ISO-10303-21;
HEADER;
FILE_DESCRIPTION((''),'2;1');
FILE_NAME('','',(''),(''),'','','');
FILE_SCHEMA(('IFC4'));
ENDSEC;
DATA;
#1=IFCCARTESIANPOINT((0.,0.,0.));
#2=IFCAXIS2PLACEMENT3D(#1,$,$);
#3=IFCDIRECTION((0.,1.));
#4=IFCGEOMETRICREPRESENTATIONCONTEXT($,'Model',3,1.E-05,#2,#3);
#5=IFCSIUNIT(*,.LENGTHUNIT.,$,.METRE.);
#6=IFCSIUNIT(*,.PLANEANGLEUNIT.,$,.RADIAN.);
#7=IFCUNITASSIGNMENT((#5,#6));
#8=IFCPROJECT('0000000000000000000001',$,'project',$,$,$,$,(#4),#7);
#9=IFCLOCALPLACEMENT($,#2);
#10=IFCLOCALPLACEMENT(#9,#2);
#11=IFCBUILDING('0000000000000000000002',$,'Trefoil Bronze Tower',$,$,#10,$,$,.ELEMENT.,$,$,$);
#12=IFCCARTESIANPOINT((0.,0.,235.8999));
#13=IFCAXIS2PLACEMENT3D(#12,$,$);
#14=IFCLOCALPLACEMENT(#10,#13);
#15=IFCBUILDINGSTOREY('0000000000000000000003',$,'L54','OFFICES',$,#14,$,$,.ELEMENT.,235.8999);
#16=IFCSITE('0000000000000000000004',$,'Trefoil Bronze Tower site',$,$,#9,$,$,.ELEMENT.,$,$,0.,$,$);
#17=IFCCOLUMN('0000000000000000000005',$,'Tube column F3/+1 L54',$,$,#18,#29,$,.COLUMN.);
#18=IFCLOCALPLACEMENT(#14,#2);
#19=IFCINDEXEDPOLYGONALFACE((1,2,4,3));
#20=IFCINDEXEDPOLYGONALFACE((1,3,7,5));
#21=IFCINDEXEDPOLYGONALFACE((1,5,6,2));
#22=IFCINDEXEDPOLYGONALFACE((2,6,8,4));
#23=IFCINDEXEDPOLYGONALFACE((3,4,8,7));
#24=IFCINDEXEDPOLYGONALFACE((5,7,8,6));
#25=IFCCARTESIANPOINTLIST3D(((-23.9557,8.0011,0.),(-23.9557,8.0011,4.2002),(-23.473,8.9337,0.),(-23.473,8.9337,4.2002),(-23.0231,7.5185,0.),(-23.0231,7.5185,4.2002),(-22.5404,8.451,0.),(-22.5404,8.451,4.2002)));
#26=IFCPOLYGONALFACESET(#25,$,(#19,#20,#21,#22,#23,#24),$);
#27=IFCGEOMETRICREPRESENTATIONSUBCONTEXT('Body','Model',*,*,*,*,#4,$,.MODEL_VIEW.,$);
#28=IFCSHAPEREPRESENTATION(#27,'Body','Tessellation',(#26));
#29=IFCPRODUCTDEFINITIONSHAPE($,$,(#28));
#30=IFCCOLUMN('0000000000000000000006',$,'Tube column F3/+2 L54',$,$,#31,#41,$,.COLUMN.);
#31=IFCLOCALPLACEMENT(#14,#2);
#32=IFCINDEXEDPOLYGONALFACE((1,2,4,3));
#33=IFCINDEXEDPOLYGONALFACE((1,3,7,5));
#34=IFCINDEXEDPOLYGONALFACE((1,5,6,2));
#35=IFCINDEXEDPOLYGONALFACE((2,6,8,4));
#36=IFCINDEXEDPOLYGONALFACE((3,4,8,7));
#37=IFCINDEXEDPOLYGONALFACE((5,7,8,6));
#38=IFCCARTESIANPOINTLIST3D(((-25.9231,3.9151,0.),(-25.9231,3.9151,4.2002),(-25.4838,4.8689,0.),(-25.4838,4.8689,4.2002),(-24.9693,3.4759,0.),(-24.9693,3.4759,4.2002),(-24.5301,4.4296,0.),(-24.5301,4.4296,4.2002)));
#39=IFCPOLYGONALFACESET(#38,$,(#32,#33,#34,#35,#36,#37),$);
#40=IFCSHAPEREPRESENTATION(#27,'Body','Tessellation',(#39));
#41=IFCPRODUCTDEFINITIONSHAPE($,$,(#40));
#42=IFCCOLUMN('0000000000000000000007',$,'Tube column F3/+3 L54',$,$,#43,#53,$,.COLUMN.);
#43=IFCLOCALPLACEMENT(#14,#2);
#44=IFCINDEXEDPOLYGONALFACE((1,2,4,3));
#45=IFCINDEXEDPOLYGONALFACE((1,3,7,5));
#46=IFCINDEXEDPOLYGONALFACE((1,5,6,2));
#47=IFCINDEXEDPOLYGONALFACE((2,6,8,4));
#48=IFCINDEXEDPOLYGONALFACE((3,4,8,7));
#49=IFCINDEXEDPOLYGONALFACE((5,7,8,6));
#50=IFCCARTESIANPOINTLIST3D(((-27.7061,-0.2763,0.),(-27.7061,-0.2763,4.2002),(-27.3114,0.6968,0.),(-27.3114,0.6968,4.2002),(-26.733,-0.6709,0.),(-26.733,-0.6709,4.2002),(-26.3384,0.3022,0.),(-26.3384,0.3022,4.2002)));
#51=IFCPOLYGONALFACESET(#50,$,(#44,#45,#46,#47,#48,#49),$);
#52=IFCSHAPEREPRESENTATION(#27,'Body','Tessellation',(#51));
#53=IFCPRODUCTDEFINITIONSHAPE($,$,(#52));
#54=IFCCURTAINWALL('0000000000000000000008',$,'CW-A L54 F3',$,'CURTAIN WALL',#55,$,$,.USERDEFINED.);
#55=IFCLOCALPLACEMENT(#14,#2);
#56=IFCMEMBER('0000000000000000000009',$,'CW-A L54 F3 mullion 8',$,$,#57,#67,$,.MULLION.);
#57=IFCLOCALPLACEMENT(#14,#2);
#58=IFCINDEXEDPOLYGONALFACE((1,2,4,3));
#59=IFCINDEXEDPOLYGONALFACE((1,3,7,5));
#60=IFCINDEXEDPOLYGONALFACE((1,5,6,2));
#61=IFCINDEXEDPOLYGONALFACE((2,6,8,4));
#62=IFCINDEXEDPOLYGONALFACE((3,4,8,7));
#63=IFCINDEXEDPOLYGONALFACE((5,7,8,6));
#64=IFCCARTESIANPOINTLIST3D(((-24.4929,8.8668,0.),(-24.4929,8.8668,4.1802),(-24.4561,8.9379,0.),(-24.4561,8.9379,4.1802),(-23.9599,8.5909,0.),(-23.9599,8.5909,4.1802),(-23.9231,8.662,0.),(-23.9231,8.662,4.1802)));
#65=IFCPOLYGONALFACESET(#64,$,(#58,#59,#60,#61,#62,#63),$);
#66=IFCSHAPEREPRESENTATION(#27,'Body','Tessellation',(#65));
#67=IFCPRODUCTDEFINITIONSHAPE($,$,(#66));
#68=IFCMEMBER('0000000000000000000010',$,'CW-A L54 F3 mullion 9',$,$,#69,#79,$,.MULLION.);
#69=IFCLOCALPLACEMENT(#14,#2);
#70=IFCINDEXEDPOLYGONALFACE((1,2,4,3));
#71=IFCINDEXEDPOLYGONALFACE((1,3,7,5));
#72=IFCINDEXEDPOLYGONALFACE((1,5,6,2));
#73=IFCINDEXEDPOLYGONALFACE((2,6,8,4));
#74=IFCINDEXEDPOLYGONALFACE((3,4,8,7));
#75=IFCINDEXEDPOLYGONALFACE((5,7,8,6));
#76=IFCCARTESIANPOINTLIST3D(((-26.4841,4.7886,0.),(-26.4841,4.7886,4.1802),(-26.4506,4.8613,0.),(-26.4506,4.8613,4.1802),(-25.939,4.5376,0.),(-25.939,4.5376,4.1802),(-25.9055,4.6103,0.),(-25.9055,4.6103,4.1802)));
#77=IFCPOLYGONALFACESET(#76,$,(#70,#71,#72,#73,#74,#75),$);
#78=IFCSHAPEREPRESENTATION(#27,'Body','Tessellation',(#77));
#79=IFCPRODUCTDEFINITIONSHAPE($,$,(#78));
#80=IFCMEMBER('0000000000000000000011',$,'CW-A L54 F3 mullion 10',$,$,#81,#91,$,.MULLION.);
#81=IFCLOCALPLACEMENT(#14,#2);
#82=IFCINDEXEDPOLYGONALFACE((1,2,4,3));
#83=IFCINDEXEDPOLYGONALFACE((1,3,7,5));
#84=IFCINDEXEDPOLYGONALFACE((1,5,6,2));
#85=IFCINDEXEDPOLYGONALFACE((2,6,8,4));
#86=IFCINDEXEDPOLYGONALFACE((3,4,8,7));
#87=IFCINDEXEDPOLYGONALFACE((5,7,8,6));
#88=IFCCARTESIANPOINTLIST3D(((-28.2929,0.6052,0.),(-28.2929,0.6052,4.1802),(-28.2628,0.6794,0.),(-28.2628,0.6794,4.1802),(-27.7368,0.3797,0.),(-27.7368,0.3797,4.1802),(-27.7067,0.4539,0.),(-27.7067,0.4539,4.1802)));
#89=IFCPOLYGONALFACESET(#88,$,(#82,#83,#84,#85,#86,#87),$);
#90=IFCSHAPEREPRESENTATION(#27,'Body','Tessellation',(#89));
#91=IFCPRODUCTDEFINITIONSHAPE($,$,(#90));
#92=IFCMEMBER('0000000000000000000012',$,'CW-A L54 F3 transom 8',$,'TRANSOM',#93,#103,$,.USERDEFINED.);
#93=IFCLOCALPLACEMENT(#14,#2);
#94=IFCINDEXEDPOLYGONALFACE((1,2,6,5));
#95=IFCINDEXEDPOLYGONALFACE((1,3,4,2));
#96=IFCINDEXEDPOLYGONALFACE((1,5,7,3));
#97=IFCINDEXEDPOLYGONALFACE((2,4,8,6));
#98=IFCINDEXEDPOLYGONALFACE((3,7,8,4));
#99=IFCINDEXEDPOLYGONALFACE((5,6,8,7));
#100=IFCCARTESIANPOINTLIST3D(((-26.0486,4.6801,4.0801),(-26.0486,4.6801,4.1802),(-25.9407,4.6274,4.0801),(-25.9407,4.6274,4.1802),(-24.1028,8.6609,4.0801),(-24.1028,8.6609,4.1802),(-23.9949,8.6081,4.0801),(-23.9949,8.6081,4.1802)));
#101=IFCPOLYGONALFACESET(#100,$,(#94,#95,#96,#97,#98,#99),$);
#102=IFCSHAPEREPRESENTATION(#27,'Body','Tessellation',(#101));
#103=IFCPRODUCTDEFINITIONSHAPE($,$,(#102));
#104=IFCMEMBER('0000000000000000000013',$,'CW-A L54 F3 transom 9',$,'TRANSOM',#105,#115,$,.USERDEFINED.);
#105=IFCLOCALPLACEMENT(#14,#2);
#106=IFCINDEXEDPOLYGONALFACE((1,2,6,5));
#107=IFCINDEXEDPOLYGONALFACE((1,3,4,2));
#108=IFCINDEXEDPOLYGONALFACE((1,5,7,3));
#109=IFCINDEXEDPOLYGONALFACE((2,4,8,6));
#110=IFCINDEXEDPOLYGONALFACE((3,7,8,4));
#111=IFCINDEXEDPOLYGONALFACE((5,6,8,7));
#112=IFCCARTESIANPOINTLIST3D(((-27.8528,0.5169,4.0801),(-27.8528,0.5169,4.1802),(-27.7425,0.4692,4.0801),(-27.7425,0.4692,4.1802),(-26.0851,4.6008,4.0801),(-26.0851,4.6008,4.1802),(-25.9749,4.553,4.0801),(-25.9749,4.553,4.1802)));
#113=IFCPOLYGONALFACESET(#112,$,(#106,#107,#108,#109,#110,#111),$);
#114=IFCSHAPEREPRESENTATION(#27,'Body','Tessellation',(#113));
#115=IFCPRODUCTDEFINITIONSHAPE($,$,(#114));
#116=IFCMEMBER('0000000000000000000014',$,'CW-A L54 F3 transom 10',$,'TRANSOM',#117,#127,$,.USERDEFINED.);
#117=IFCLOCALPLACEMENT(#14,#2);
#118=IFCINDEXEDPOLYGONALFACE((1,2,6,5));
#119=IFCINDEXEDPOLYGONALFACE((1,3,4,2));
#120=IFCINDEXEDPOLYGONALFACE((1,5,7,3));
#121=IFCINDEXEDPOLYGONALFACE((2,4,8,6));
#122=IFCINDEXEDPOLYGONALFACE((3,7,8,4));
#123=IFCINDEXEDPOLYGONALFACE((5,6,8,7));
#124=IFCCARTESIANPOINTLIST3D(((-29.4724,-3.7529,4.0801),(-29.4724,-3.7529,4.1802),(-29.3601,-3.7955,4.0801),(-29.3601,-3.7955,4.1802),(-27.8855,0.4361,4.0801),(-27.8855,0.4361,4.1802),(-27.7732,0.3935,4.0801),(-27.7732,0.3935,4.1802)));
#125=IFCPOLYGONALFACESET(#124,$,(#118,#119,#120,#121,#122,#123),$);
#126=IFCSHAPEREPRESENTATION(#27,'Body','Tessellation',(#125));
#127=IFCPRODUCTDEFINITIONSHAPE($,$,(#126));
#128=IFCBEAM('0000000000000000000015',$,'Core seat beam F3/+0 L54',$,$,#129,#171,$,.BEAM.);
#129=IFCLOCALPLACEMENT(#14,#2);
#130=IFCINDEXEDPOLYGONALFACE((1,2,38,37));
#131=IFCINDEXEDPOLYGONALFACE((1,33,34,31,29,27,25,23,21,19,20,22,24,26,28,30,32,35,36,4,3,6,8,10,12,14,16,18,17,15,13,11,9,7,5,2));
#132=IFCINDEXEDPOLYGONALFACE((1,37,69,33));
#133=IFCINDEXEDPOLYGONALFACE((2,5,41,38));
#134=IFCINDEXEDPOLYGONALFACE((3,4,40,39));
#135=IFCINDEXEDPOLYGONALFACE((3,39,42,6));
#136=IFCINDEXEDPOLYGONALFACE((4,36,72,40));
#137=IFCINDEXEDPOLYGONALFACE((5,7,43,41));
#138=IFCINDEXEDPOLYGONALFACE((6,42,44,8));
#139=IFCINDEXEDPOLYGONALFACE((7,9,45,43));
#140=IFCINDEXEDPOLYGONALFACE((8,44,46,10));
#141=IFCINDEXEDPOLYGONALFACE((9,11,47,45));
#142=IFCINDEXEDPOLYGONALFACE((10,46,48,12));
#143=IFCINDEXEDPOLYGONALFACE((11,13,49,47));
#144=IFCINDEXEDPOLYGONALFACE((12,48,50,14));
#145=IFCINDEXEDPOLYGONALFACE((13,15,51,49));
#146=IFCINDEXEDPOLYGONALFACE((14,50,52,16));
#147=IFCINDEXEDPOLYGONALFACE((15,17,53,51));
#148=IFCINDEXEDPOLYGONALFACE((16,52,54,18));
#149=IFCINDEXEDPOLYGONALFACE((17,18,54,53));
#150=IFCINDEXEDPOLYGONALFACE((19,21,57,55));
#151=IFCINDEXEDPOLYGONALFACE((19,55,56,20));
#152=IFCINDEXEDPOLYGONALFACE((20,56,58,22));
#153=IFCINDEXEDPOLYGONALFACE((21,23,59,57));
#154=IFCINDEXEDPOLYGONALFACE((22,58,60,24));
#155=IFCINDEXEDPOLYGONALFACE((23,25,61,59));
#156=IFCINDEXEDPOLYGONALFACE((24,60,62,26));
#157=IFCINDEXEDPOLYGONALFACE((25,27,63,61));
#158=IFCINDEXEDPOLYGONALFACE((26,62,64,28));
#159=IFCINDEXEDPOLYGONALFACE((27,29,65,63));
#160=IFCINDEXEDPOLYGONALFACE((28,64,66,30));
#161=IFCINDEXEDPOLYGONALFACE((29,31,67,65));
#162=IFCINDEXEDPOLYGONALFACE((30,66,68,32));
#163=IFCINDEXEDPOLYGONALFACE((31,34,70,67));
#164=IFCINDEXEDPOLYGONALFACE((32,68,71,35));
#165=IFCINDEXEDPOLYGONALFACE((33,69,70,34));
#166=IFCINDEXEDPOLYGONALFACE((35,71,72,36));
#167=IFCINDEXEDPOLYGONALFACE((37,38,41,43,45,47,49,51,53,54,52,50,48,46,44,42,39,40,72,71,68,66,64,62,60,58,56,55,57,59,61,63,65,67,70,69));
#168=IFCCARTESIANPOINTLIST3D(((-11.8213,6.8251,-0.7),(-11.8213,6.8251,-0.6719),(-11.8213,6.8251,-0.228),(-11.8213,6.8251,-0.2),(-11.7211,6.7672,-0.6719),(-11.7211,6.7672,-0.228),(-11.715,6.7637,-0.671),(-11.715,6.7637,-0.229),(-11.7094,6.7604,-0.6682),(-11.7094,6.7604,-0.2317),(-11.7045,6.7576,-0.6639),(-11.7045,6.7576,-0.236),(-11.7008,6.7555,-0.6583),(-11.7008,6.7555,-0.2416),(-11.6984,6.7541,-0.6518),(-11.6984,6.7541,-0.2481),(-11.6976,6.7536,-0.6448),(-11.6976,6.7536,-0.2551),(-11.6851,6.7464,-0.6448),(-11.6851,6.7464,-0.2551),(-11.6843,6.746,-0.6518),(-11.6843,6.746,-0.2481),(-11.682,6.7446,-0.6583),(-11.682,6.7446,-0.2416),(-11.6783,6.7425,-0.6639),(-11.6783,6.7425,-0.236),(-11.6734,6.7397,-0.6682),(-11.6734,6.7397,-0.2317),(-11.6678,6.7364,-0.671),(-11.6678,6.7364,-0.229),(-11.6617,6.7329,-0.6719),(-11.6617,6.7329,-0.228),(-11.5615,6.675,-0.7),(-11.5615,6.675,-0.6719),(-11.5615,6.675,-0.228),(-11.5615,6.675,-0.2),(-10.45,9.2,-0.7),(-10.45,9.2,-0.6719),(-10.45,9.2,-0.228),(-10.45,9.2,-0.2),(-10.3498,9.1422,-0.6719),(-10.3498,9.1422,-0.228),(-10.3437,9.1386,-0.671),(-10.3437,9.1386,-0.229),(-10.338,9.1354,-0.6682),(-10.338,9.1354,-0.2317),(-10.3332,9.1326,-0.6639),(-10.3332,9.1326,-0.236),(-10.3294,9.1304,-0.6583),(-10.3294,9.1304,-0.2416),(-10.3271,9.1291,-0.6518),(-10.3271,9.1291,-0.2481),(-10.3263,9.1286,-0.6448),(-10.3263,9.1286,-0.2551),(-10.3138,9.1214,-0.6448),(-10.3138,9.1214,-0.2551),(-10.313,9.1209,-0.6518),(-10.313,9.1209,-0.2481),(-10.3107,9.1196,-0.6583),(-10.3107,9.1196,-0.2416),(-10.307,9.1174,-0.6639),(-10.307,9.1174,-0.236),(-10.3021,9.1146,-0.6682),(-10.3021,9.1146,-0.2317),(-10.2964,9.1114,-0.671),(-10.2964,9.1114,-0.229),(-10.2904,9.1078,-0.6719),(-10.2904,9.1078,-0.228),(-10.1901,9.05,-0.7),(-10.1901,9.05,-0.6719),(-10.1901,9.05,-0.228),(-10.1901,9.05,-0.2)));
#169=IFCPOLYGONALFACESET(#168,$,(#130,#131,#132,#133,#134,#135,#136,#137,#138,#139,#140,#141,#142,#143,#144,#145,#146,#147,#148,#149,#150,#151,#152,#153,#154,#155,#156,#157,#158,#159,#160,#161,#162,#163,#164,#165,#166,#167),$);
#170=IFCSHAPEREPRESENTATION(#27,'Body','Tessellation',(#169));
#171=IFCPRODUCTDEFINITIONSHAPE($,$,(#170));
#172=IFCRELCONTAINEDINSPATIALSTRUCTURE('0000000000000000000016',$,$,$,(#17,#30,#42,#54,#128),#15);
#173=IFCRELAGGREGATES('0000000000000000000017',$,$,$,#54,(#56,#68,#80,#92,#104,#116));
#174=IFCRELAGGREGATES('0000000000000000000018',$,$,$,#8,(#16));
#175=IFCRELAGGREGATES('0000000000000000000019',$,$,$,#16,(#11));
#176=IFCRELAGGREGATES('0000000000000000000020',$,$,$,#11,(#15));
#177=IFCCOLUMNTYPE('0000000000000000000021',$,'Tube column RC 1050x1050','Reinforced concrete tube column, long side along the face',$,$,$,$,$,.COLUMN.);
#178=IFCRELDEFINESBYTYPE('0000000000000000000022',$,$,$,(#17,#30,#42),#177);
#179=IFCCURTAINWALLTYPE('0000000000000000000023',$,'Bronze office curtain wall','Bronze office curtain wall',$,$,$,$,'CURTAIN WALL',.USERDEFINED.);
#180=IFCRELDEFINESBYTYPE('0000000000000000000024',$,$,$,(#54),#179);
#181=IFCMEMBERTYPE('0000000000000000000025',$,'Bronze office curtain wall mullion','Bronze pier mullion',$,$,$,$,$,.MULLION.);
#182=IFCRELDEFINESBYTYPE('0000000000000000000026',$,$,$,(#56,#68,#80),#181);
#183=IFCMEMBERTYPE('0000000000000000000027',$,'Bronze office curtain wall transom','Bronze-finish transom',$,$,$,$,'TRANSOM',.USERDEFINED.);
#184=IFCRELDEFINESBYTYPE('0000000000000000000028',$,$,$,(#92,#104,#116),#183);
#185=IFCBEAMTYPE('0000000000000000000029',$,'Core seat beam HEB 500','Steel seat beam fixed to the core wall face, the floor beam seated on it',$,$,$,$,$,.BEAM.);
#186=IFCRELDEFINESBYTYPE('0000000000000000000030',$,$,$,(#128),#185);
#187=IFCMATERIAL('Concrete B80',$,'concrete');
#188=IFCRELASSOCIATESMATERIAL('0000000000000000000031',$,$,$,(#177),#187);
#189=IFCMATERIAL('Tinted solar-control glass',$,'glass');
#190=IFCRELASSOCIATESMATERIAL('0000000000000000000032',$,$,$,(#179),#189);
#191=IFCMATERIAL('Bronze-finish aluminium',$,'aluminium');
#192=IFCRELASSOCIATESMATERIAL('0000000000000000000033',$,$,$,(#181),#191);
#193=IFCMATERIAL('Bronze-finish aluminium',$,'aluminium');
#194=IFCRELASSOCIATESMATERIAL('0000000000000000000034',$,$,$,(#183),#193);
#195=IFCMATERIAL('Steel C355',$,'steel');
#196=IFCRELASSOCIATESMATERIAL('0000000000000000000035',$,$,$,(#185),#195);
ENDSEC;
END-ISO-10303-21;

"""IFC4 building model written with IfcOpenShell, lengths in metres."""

from ifc_helpers import new_model, si_unit, direction, frame, origin, origin_2d, place, context, subcontext, project, spatial, rectangle, i_section, extrude, material, material_profile, profile_set, type_object, element, aggregate, save


model = new_model("IFC4")

# Units and contexts
model_context = context("Model", 3, precision=1e-05, world=origin(), true_north=direction((0.0, 1.0)))
body_context = subcontext(model_context, "Body", "Model", "MODEL_VIEW")
ifc_project = project(units=[si_unit("LENGTHUNIT", "METRE"), si_unit("PLANEANGLEUNIT", "RADIAN")], contexts=[model_context])

# Site, building, storey
site_placement = place(None, origin())
site = spatial("IfcSite", under=ifc_project, at=site_placement, Name="Trefoil Bronze Tower site", CompositionType="ELEMENT", RefElevation=0.0)
building_placement = place(site_placement, origin())
building = spatial("IfcBuilding", under=site, at=building_placement, Name="Trefoil Bronze Tower", CompositionType="ELEMENT")
storey_placement = place(building_placement, frame((0.0, 0.0, 235.8999)))
storey = spatial("IfcBuildingStorey", under=building, at=storey_placement, Name="L54", Description="OFFICES", CompositionType="ELEMENT", Elevation=235.8999)

# Columns
ifc_material_1 = material(Name="Concrete B80", Category="concrete")
ifc_material_profile_1 = material_profile(ifc_material_1, rectangle(XDim=1.05, YDim=1.05, at=origin_2d()), Name="RC 1050x1050")
ifc_profile_set_1 = profile_set([ifc_material_profile_1], Name="Concrete B80")
column_type = type_object("IfcColumnType", Name="Tube column RC 1050x1050", Description="Reinforced concrete tube column, long side along the face", PredefinedType="COLUMN", material=ifc_profile_set_1)
for number, where, z_axis, x_axis, name in (
    (1, (-23.248, 8.2261, 0.0), (0.0, 0.0, 1.0), (-0.459673, -0.888088, 0.0), "Tube column F3/+1 L54"),
    (2, (-25.2266, 4.1724, 0.0), (0.0, 0.0, 1.0), (-0.418286, -0.908315, 0.0), "Tube column F3/+2 L54"),
    (3, (-27.0222, 0.0129, 0.0), (0.0, 0.0, 1.0), (-0.375828, -0.926689, 0.0), "Tube column F3/+3 L54"),
):
    element("IfcColumn", number, at=place(storey_placement, frame(where, z_axis=z_axis, x_axis=x_axis)), inside=storey, type_object=column_type, Name=name, PredefinedType="COLUMN", context=body_context, shape_type="SweptSolid", body=[
        extrude(rectangle(XDim=1.05, YDim=1.05, at=origin_2d()), origin(), (0.0, 0.0, 1.0), 4.2002),
    ])

# Curtain wall, members
ifc_material_2 = material(Name="Tinted solar-control glass", Category="glass")
curtain_wall_type = type_object("IfcCurtainWallType", Name="Bronze office curtain wall", Description="Bronze office curtain wall", ElementType="CURTAIN WALL", PredefinedType="USERDEFINED", material=ifc_material_2)
curtain_wall_placement = place(storey_placement, origin())
curtain_wall = element("IfcCurtainWall", 4, at=curtain_wall_placement, inside=storey, type_object=curtain_wall_type, Name="CW-A L54 F3", ObjectType="CURTAIN WALL", PredefinedType="USERDEFINED")
ifc_material_3 = material(Name="Bronze-finish aluminium", Category="aluminium")
ifc_material_profile_2 = material_profile(ifc_material_3, rectangle(XDim=0.6001, YDim=0.0801, at=origin_2d()), Name="CW-A mullion")
ifc_profile_set_2 = profile_set([ifc_material_profile_2], Name="Bronze-finish aluminium")
member_type_1 = type_object("IfcMemberType", Name="Bronze office curtain wall mullion", Description="Bronze pier mullion", PredefinedType="MULLION", material=ifc_profile_set_2)
member_1_placement = place(storey_placement, frame((-24.208, 8.7644, 0.0), z_axis=(0.0, 0.0, 1.0), x_axis=(0.888088, -0.459673, 0.0)))
member_1 = element("IfcMember", 5, at=member_1_placement, type_object=member_type_1, Name="CW-A L54 F3 mullion 8", PredefinedType="MULLION", context=body_context, shape_type="SweptSolid", body=[
    extrude(rectangle(XDim=0.6001, YDim=0.0801, at=origin_2d()), origin(), (0.0, 0.0, 1.0), 4.1802),
])
member_2_placement = place(storey_placement, frame((-26.1948, 4.6995, 0.0), z_axis=(0.0, 0.0, 1.0), x_axis=(0.908315, -0.418286, 0.0)))
member_2 = element("IfcMember", 6, at=member_2_placement, type_object=member_type_1, Name="CW-A L54 F3 mullion 9", PredefinedType="MULLION", context=body_context, shape_type="SweptSolid", body=[
    extrude(rectangle(XDim=0.6001, YDim=0.0801, at=origin_2d()), origin(), (0.0, 0.0, 1.0), 4.1802),
])
member_3_placement = place(storey_placement, frame((-27.9998, 0.5295, 0.0), z_axis=(0.0, 0.0, 1.0), x_axis=(0.926689, -0.375828, 0.0)))
member_3 = element("IfcMember", 7, at=member_3_placement, type_object=member_type_1, Name="CW-A L54 F3 mullion 10", PredefinedType="MULLION", context=body_context, shape_type="SweptSolid", body=[
    extrude(rectangle(XDim=0.6001, YDim=0.0801, at=origin_2d()), origin(), (0.0, 0.0, 1.0), 4.1802),
])
ifc_material_4 = material(Name="Bronze-finish aluminium", Category="aluminium")
ifc_material_profile_3 = material_profile(ifc_material_4, rectangle(XDim=0.1201, YDim=0.1001, at=origin_2d()), Name="CW-A transom")
ifc_profile_set_3 = profile_set([ifc_material_profile_3], Name="Bronze-finish aluminium")
member_type_2 = type_object("IfcMemberType", Name="Bronze office curtain wall transom", Description="Bronze-finish transom", ElementType="TRANSOM", PredefinedType="USERDEFINED", material=ifc_profile_set_3)
member_4_placement = place(storey_placement, frame((-24.0488, 8.6345, 4.1301), z_axis=(-0.439151, -0.898413, 0.0), x_axis=(0.898413, -0.439151, 0.0)))
member_4 = element("IfcMember", 8, at=member_4_placement, type_object=member_type_2, Name="CW-A L54 F3 transom 8", ObjectType="TRANSOM", PredefinedType="USERDEFINED", context=body_context, shape_type="SweptSolid", body=[
    extrude(rectangle(XDim=0.1201, YDim=0.1001, at=origin_2d()), origin(), (0.0, 0.0, 1.0), 4.4309),
])
member_5_placement = place(storey_placement, frame((-26.03, 4.5769, 4.1301), z_axis=(-0.397221, -0.917723, 0.0), x_axis=(0.917723, -0.397221, 0.0)))
member_5 = element("IfcMember", 9, at=member_5_placement, type_object=member_type_2, Name="CW-A L54 F3 transom 9", ObjectType="TRANSOM", PredefinedType="USERDEFINED", context=body_context, shape_type="SweptSolid", body=[
    extrude(rectangle(XDim=0.1201, YDim=0.1001, at=origin_2d()), origin(), (0.0, 0.0, 1.0), 4.45),
])
member_6_placement = place(storey_placement, frame((-27.8293, 0.4148, 4.1301), z_axis=(-0.354263, -0.935146, 0.0), x_axis=(0.935146, -0.354263, 0.0)))
member_6 = element("IfcMember", 10, at=member_6_placement, type_object=member_type_2, Name="CW-A L54 F3 transom 10", ObjectType="TRANSOM", PredefinedType="USERDEFINED", context=body_context, shape_type="SweptSolid", body=[
    extrude(rectangle(XDim=0.1201, YDim=0.1001, at=origin_2d()), origin(), (0.0, 0.0, 1.0), 4.4795),
])

# Beam
ifc_material_5 = material(Name="Steel C355", Category="steel")
ifc_material_profile_4 = material_profile(ifc_material_5, i_section(OverallWidth=0.3, OverallDepth=0.5, WebThickness=0.0144, FlangeThickness=0.0281, FilletRadius=0.0271, at=origin_2d()), Name="HEB 500")
ifc_profile_set_4 = profile_set([ifc_material_profile_4], Name="Steel C355")
beam_type_1 = type_object("IfcBeamType", Name="Core seat beam HEB 500", Description="Steel seat beam fixed to the core wall face, the floor beam seated on it", PredefinedType="BEAM", material=ifc_profile_set_4)
for number, where, z_axis, x_axis, name in (
    (11, (-10.3201, 9.125, -0.45), (-0.500036, -0.866005, 0.0), (0.866005, -0.500036, 0.0), "Core seat beam F3/+0 L54"),
):
    element("IfcBeam", number, at=place(storey_placement, frame(where, z_axis=z_axis, x_axis=x_axis)), inside=storey, type_object=beam_type_1, Name=name, PredefinedType="BEAM", context=body_context, shape_type="SweptSolid", body=[
        extrude(i_section(OverallWidth=0.3, OverallDepth=0.5, WebThickness=0.0144, FlangeThickness=0.0281, FilletRadius=0.0271, at=origin_2d()), origin(), (0.0, 0.0, 1.0), 2.7424),
    ])

aggregate(curtain_wall, [member_1, member_2, member_3, member_4, member_5, member_6])

save(model, "model.ifc")
